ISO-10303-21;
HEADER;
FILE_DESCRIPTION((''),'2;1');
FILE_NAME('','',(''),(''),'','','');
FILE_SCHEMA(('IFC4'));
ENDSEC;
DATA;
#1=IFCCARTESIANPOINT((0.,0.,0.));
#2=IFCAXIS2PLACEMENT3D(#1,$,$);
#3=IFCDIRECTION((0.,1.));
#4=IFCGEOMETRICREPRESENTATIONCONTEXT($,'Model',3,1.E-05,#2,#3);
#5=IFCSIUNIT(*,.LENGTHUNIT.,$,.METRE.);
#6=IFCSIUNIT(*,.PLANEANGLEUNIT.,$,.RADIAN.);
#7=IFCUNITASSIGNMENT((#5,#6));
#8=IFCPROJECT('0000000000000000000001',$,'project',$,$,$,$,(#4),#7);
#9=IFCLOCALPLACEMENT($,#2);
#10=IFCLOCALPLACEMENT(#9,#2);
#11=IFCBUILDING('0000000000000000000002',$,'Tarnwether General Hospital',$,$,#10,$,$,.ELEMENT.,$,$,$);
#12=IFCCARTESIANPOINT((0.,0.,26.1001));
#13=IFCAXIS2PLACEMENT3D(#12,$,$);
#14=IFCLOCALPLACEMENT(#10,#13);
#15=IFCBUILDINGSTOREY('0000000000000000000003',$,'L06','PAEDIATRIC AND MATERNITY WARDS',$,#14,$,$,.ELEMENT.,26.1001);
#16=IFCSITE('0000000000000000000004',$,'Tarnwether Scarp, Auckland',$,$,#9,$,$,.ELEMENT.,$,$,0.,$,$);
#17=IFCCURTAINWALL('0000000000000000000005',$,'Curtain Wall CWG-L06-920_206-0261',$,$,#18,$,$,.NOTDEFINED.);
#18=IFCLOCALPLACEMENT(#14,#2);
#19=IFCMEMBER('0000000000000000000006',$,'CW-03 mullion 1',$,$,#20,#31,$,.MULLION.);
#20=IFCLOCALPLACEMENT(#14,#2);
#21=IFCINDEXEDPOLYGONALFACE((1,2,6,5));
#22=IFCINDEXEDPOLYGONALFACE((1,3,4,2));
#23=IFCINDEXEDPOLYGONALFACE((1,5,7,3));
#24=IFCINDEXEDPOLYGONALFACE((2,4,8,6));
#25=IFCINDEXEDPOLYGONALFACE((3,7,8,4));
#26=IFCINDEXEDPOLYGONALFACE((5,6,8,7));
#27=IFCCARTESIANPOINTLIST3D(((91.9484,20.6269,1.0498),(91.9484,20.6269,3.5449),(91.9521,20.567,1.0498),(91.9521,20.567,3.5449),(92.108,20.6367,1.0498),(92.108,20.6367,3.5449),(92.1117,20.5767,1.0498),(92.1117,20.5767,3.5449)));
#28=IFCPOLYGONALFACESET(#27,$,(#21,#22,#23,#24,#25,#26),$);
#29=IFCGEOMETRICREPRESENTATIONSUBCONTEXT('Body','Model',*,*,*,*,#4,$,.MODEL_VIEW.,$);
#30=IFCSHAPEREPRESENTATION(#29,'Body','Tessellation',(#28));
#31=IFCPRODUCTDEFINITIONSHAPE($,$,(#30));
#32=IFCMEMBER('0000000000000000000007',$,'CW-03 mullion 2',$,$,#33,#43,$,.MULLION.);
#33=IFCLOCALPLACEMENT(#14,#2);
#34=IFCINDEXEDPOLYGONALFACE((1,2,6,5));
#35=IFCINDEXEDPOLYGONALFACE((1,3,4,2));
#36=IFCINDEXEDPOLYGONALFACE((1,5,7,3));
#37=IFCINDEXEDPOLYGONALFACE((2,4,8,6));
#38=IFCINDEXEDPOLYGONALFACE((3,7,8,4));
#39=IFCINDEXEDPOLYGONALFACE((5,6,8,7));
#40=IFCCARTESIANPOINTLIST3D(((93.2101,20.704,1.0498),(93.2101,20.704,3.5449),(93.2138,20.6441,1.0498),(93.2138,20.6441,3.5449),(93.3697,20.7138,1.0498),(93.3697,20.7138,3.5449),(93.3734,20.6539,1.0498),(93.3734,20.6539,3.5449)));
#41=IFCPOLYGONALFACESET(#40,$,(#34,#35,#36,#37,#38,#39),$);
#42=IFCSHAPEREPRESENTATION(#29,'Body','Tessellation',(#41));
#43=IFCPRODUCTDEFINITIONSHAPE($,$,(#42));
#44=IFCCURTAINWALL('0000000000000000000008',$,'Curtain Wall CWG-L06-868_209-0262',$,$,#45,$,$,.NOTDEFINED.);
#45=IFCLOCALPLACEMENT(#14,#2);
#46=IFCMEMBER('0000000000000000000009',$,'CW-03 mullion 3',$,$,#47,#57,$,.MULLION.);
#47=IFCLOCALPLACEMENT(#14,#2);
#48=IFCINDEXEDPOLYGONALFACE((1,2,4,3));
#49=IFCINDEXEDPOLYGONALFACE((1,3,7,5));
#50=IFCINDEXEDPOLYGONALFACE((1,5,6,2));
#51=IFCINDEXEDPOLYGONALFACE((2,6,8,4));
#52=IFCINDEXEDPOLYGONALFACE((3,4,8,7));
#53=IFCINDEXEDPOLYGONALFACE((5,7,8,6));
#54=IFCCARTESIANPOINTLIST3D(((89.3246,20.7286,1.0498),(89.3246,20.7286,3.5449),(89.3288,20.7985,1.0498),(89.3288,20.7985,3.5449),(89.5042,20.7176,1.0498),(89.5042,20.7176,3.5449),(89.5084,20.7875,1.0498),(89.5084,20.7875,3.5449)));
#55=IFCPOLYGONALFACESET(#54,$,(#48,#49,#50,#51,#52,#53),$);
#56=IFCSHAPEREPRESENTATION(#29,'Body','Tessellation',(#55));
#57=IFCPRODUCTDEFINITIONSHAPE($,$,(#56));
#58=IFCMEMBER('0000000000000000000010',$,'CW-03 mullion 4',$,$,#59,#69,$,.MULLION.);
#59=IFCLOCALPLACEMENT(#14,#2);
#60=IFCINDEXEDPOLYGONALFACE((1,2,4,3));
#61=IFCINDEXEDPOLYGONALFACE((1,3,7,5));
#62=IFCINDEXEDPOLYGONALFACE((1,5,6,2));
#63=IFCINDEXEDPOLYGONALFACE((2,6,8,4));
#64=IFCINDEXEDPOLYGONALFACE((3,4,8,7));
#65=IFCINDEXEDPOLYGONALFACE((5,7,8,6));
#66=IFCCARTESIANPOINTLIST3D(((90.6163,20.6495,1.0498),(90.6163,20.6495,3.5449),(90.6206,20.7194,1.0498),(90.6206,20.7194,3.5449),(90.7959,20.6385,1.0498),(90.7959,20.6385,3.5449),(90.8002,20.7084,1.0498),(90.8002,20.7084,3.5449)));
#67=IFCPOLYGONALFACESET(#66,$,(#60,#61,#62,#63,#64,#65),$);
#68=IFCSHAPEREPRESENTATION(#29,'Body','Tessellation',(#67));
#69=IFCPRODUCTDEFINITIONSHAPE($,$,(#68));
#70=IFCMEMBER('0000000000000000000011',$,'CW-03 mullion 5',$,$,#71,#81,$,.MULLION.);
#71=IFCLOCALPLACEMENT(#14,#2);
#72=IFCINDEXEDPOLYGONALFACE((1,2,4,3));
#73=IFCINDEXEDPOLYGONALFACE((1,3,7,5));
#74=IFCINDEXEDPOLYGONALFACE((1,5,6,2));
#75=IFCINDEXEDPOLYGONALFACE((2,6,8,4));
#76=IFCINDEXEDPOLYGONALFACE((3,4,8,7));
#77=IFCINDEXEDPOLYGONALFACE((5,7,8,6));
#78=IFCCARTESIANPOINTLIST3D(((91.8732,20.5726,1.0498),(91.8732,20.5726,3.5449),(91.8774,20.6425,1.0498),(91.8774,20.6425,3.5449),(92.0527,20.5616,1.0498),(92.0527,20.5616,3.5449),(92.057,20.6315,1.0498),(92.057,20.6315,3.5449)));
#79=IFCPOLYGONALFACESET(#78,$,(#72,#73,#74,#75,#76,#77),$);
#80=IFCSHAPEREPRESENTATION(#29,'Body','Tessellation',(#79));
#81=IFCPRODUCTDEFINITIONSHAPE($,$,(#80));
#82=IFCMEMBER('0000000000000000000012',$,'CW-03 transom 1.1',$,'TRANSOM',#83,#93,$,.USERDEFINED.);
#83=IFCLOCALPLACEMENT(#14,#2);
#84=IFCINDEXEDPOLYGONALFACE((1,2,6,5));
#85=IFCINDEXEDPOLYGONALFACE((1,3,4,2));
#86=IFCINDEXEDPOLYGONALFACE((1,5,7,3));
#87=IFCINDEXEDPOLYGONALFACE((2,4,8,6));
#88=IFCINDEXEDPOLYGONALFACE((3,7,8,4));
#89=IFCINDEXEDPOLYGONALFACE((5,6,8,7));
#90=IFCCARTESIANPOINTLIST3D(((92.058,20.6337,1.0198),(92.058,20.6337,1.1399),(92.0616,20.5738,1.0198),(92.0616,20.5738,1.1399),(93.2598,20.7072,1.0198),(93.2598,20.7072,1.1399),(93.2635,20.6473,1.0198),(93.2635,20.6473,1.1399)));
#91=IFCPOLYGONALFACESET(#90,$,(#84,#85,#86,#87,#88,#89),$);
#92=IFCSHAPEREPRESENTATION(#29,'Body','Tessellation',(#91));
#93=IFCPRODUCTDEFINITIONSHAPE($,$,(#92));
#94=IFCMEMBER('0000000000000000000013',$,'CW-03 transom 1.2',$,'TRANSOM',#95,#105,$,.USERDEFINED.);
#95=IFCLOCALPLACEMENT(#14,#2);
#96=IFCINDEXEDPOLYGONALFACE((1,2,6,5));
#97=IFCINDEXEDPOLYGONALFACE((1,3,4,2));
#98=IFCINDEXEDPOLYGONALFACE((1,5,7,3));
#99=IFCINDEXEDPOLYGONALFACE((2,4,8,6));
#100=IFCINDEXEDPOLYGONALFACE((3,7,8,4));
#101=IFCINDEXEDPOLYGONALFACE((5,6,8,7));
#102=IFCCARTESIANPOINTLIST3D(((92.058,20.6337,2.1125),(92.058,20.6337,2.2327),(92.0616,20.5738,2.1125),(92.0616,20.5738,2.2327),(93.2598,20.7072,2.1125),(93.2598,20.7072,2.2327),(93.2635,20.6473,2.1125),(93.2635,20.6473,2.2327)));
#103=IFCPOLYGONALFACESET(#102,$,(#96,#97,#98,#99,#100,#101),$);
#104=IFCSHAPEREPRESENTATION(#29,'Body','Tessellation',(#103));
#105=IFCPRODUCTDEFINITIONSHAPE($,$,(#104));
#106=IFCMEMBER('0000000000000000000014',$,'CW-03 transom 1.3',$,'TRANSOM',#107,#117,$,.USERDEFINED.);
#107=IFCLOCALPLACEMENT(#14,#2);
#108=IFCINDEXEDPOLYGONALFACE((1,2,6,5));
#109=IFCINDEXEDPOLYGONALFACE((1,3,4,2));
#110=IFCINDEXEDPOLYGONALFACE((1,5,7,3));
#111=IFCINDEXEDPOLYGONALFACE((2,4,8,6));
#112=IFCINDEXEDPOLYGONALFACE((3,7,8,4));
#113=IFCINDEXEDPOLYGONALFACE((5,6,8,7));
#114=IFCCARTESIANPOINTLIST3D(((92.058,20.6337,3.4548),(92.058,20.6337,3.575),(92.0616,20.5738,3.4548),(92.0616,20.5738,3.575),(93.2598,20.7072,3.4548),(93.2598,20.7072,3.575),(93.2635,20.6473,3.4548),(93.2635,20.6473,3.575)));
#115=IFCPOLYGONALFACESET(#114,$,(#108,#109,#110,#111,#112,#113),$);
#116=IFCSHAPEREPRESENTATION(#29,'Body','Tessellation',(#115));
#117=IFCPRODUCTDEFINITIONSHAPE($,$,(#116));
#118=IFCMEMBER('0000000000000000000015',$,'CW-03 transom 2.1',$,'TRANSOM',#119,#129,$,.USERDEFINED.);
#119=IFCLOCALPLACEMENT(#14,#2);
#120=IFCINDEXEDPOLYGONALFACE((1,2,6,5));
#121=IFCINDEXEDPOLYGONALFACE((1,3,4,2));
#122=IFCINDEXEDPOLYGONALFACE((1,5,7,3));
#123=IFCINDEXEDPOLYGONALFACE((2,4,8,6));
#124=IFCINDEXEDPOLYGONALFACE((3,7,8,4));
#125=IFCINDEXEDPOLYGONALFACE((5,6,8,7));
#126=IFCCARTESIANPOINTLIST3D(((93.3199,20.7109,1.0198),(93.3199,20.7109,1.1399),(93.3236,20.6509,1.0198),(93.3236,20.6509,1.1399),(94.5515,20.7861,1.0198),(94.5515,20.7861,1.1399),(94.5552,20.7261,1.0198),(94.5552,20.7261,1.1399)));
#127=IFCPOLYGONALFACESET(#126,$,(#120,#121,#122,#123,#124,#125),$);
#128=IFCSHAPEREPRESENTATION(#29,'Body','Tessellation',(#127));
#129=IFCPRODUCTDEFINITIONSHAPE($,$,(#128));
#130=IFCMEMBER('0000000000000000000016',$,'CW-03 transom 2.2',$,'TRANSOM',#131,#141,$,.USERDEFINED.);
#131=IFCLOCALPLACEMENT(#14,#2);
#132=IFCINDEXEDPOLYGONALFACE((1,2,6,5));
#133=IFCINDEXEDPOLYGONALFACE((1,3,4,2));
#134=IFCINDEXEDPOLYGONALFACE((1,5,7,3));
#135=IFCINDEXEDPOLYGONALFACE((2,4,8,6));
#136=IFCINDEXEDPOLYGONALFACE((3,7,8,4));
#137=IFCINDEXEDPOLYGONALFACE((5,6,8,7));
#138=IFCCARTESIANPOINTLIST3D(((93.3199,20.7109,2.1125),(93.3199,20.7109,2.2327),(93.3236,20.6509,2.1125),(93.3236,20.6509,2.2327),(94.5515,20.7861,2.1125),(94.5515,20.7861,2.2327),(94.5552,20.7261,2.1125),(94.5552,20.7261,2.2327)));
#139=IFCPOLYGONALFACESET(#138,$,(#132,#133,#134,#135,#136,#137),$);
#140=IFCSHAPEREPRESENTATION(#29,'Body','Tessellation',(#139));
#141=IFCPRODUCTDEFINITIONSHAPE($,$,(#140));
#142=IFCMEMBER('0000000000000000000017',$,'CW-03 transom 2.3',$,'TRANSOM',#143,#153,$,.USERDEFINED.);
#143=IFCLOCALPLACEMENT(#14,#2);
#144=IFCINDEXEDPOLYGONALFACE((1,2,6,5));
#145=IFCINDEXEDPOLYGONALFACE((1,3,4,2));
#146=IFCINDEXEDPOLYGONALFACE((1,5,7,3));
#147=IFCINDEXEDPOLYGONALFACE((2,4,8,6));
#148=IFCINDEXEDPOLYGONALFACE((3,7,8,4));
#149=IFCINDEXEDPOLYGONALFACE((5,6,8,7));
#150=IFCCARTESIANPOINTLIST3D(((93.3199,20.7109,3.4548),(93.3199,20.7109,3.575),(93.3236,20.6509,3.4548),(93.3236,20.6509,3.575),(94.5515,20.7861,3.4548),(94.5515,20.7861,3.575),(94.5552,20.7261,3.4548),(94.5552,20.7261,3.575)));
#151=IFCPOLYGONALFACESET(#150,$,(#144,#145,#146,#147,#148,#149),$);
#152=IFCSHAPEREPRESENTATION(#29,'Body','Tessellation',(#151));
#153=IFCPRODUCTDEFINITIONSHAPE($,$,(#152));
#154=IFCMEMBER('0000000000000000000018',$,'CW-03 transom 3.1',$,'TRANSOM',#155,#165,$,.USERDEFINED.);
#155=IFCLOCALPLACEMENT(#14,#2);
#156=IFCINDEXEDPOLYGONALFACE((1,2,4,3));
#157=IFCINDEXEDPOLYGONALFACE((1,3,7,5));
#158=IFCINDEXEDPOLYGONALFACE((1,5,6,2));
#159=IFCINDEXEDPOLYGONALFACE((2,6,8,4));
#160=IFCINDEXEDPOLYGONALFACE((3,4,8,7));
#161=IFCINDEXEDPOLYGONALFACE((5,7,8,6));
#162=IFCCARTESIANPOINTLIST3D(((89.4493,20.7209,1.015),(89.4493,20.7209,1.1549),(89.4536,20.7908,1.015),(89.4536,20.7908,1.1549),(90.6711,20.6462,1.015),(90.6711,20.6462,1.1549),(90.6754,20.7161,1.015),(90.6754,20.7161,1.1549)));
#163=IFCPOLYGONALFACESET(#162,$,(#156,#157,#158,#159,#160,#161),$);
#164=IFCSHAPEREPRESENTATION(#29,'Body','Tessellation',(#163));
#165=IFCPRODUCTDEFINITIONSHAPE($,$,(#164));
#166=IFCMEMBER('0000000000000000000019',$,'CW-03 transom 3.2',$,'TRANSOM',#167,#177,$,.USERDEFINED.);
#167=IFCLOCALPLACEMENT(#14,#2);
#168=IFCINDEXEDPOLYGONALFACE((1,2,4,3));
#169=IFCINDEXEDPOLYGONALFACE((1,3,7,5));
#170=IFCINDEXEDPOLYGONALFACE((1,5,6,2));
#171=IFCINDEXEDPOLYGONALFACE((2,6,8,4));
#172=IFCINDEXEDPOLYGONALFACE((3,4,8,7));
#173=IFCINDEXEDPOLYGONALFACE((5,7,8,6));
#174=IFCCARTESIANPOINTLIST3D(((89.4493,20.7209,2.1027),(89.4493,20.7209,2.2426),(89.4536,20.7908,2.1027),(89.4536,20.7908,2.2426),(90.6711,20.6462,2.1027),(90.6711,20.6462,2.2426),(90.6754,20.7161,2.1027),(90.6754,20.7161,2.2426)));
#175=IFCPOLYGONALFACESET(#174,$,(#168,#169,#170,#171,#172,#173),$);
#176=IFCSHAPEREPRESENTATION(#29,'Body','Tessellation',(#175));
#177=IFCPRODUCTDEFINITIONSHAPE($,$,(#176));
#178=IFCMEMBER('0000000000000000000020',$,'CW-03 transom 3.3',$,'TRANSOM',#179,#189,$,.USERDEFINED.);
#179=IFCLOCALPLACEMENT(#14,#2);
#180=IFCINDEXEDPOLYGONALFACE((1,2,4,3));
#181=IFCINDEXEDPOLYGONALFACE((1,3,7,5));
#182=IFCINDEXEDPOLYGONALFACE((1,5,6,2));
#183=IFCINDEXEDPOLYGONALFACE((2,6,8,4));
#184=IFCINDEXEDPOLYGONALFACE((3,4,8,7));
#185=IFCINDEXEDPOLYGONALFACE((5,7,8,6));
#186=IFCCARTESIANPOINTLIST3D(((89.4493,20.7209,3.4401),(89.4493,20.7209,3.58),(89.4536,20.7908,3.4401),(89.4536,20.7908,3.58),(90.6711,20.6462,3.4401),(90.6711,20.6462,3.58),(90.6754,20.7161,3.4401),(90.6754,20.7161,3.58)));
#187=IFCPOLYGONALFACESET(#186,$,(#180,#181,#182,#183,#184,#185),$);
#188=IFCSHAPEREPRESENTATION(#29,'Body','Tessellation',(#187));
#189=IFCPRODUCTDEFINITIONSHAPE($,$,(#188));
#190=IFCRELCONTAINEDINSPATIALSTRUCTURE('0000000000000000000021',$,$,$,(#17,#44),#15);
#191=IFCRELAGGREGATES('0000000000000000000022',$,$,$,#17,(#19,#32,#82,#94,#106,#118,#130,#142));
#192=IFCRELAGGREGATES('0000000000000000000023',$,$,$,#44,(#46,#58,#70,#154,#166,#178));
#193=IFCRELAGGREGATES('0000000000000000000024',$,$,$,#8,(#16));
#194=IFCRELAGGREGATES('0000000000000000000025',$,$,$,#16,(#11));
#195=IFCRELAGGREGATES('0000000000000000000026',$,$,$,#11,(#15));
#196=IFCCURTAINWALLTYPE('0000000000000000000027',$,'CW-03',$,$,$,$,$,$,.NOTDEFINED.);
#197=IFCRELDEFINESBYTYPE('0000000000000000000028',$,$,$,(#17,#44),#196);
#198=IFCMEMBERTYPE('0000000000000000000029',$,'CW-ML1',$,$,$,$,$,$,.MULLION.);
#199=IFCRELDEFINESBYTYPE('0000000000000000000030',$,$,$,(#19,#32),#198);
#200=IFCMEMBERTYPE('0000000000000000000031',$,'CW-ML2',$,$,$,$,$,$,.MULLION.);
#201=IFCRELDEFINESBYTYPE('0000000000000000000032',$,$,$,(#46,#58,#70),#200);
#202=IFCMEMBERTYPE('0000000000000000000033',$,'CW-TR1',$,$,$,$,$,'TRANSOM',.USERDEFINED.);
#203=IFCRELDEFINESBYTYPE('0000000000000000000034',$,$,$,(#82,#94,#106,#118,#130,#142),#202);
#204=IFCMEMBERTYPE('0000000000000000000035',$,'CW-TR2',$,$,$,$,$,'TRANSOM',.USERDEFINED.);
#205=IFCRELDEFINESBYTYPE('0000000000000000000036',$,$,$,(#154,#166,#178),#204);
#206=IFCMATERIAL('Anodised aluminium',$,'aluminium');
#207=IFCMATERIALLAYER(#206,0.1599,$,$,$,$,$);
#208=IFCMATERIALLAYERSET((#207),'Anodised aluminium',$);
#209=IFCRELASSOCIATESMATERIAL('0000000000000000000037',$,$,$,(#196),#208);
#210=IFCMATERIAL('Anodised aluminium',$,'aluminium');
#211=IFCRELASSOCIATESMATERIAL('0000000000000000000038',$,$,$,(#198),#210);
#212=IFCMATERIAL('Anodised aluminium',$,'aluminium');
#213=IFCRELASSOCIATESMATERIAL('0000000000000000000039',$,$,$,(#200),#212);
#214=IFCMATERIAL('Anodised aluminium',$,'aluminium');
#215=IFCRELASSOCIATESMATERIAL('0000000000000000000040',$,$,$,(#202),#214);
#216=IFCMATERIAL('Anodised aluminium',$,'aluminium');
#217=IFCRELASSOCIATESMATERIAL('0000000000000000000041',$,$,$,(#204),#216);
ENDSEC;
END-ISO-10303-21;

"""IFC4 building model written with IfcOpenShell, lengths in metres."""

from ifc_helpers import new_model, si_unit, direction, frame, origin, origin_2d, place, context, subcontext, project, spatial, rectangle, extrude, material, layer, layer_set, material_profile, profile_set, type_object, element, aggregate, save


model = new_model("IFC4")

# Units and contexts
model_context = context("Model", 3, precision=1e-05, world=origin(), true_north=direction((0.0, 1.0)))
body_context = subcontext(model_context, "Body", "Model", "MODEL_VIEW")
ifc_project = project(units=[si_unit("LENGTHUNIT", "METRE"), si_unit("PLANEANGLEUNIT", "RADIAN")], contexts=[model_context])

# Site, building, storey
site_placement = place(None, origin())
site = spatial("IfcSite", under=ifc_project, at=site_placement, Name="Tarnwether Scarp, Auckland", CompositionType="ELEMENT", RefElevation=0.0)
building_placement = place(site_placement, origin())
building = spatial("IfcBuilding", under=site, at=building_placement, Name="Tarnwether General Hospital", CompositionType="ELEMENT")
storey_placement = place(building_placement, frame((0.0, 0.0, 26.1001)))
storey = spatial("IfcBuildingStorey", under=building, at=storey_placement, Name="L06", Description="PAEDIATRIC AND MATERNITY WARDS", CompositionType="ELEMENT", Elevation=26.1001)

# Curtain walls, members
ifc_material_1 = material(Name="Anodised aluminium", Category="aluminium")
ifc_layer_1 = layer(ifc_material_1, 0.1599)
ifc_layer_set_1 = layer_set([ifc_layer_1], Name="Anodised aluminium")
curtain_wall_type = type_object("IfcCurtainWallType", Name="CW-03", PredefinedType="NOTDEFINED", material=ifc_layer_set_1)
curtain_wall_1_placement = place(storey_placement, origin())
curtain_wall_1 = element("IfcCurtainWall", 1, at=curtain_wall_1_placement, inside=storey, type_object=curtain_wall_type, Name="Curtain Wall CWG-L06-920_206-0261", PredefinedType="NOTDEFINED")
ifc_material_2 = material(Name="Anodised aluminium", Category="aluminium")
ifc_material_profile_1 = material_profile(ifc_material_2, rectangle(XDim=0.0601, YDim=0.1599, at=origin_2d()), Name="ALU-MUL-60x160")
ifc_profile_set_1 = profile_set([ifc_material_profile_1], Name="Anodised aluminium")
member_type_1 = type_object("IfcMemberType", Name="CW-ML1", PredefinedType="MULLION", material=ifc_profile_set_1)
member_1_placement = place(storey_placement, frame((92.03, 20.6018, 1.0498), z_axis=(0.0, 0.0, 1.0), x_axis=(-0.061043, 0.998135, 0.0)))
member_1 = element("IfcMember", 2, at=member_1_placement, type_object=member_type_1, Name="CW-03 mullion 1", PredefinedType="MULLION", context=body_context, shape_type="SweptSolid", body=[
    extrude(rectangle(XDim=0.0601, YDim=0.1599, at=origin_2d()), origin(), (0.0, 0.0, 1.0), 2.4951),
])
member_2_placement = place(storey_placement, frame((93.2917, 20.679, 1.0498), z_axis=(0.0, 0.0, 1.0), x_axis=(-0.061043, 0.998135, 0.0)))
member_2 = element("IfcMember", 3, at=member_2_placement, type_object=member_type_1, Name="CW-03 mullion 2", PredefinedType="MULLION", context=body_context, shape_type="SweptSolid", body=[
    extrude(rectangle(XDim=0.0601, YDim=0.1599, at=origin_2d()), origin(), (0.0, 0.0, 1.0), 2.4951),
])
curtain_wall_2_placement = place(storey_placement, origin())
curtain_wall_2 = element("IfcCurtainWall", 4, at=curtain_wall_2_placement, inside=storey, type_object=curtain_wall_type, Name="Curtain Wall CWG-L06-868_209-0262", PredefinedType="NOTDEFINED")
ifc_material_3 = material(Name="Anodised aluminium", Category="aluminium")
ifc_material_profile_2 = material_profile(ifc_material_3, rectangle(XDim=0.0701, YDim=0.1799, at=origin_2d()), Name="ALU-MUL-70x180")
ifc_profile_set_2 = profile_set([ifc_material_profile_2], Name="Anodised aluminium")
member_type_2 = type_object("IfcMemberType", Name="CW-ML2", PredefinedType="MULLION", material=ifc_profile_set_2)
member_3_placement = place(storey_placement, frame((89.4165, 20.7581, 1.0498), z_axis=(0.0, 0.0, 1.0), x_axis=(0.061043, 0.998135, 0.0)))
member_3 = element("IfcMember", 5, at=member_3_placement, type_object=member_type_2, Name="CW-03 mullion 3", PredefinedType="MULLION", context=body_context, shape_type="SweptSolid", body=[
    extrude(rectangle(XDim=0.0701, YDim=0.1799, at=origin_2d()), origin(), (0.0, 0.0, 1.0), 2.4951),
])
member_4_placement = place(storey_placement, frame((90.7083, 20.679, 1.0498), z_axis=(0.0, 0.0, 1.0), x_axis=(0.061043, 0.998135, 0.0)))
member_4 = element("IfcMember", 6, at=member_4_placement, type_object=member_type_2, Name="CW-03 mullion 4", PredefinedType="MULLION", context=body_context, shape_type="SweptSolid", body=[
    extrude(rectangle(XDim=0.0701, YDim=0.1799, at=origin_2d()), origin(), (0.0, 0.0, 1.0), 2.4951),
])
member_5_placement = place(storey_placement, frame((91.9651, 20.6021, 1.0498), z_axis=(0.0, 0.0, 1.0), x_axis=(0.061043, 0.998135, 0.0)))
member_5 = element("IfcMember", 7, at=member_5_placement, type_object=member_type_2, Name="CW-03 mullion 5", PredefinedType="MULLION", context=body_context, shape_type="SweptSolid", body=[
    extrude(rectangle(XDim=0.0701, YDim=0.1799, at=origin_2d()), origin(), (0.0, 0.0, 1.0), 2.4951),
])

# Members
ifc_material_4 = material(Name="Anodised aluminium", Category="aluminium")
ifc_material_profile_3 = material_profile(ifc_material_4, rectangle(XDim=0.0601, YDim=0.1201, at=origin_2d()), Name="ALU-TRN-60x120")
ifc_profile_set_3 = profile_set([ifc_material_profile_3], Name="Anodised aluminium")
member_type_3 = type_object("IfcMemberType", Name="CW-TR1", ElementType="TRANSOM", PredefinedType="USERDEFINED", material=ifc_profile_set_3)
member_6_placement = place(storey_placement, frame((92.0598, 20.6038, 1.0798), z_axis=(0.998136, 0.061028, 0.0), x_axis=(-0.061028, 0.998136, 0.0)))
member_6 = element("IfcMember", 8, at=member_6_placement, type_object=member_type_3, Name="CW-03 transom 1.1", ObjectType="TRANSOM", PredefinedType="USERDEFINED", context=body_context, shape_type="SweptSolid", body=[
    extrude(rectangle(XDim=0.0601, YDim=0.1201, at=origin_2d()), origin(), (0.0, 0.0, 1.0), 1.2041),
])
member_7_placement = place(storey_placement, frame((92.0598, 20.6038, 2.1726), z_axis=(0.998136, 0.061028, 0.0), x_axis=(-0.061028, 0.998136, 0.0)))
member_7 = element("IfcMember", 9, at=member_7_placement, type_object=member_type_3, Name="CW-03 transom 1.2", ObjectType="TRANSOM", PredefinedType="USERDEFINED", context=body_context, shape_type="SweptSolid", body=[
    extrude(rectangle(XDim=0.0601, YDim=0.1201, at=origin_2d()), origin(), (0.0, 0.0, 1.0), 1.2041),
])
member_8_placement = place(storey_placement, frame((92.0598, 20.6038, 3.5149), z_axis=(0.998136, 0.061028, 0.0), x_axis=(-0.061028, 0.998136, 0.0)))
member_8 = element("IfcMember", 10, at=member_8_placement, type_object=member_type_3, Name="CW-03 transom 1.3", ObjectType="TRANSOM", PredefinedType="USERDEFINED", context=body_context, shape_type="SweptSolid", body=[
    extrude(rectangle(XDim=0.0601, YDim=0.1201, at=origin_2d()), origin(), (0.0, 0.0, 1.0), 1.2041),
])
member_9_placement = place(storey_placement, frame((93.3218, 20.6809, 1.0798), z_axis=(0.998142, 0.060937, 0.0), x_axis=(-0.060937, 0.998142, 0.0)))
member_9 = element("IfcMember", 11, at=member_9_placement, type_object=member_type_3, Name="CW-03 transom 2.1", ObjectType="TRANSOM", PredefinedType="USERDEFINED", context=body_context, shape_type="SweptSolid", body=[
    extrude(rectangle(XDim=0.0601, YDim=0.1201, at=origin_2d()), origin(), (0.0, 0.0, 1.0), 1.2339),
])
member_10_placement = place(storey_placement, frame((93.3218, 20.6809, 2.1726), z_axis=(0.998142, 0.060937, 0.0), x_axis=(-0.060937, 0.998142, 0.0)))
member_10 = element("IfcMember", 12, at=member_10_placement, type_object=member_type_3, Name="CW-03 transom 2.2", ObjectType="TRANSOM", PredefinedType="USERDEFINED", context=body_context, shape_type="SweptSolid", body=[
    extrude(rectangle(XDim=0.0601, YDim=0.1201, at=origin_2d()), origin(), (0.0, 0.0, 1.0), 1.2339),
])
member_11_placement = place(storey_placement, frame((93.3218, 20.6809, 3.5149), z_axis=(0.998142, 0.060937, 0.0), x_axis=(-0.060937, 0.998142, 0.0)))
member_11 = element("IfcMember", 13, at=member_11_placement, type_object=member_type_3, Name="CW-03 transom 2.3", ObjectType="TRANSOM", PredefinedType="USERDEFINED", context=body_context, shape_type="SweptSolid", body=[
    extrude(rectangle(XDim=0.0601, YDim=0.1201, at=origin_2d()), origin(), (0.0, 0.0, 1.0), 1.2339),
])
ifc_material_5 = material(Name="Anodised aluminium", Category="aluminium")
ifc_material_profile_4 = material_profile(ifc_material_5, rectangle(XDim=0.0701, YDim=0.1399, at=origin_2d()), Name="ALU-TRN-70x140")
ifc_profile_set_4 = profile_set([ifc_material_profile_4], Name="Anodised aluminium")
member_type_4 = type_object("IfcMemberType", Name="CW-TR2", ElementType="TRANSOM", PredefinedType="USERDEFINED", material=ifc_profile_set_4)
member_12_placement = place(storey_placement, frame((89.4514, 20.7559, 1.085), z_axis=(0.998136, -0.061025, 0.0), x_axis=(0.061025, 0.998136, 0.0)))
member_12 = element("IfcMember", 14, at=member_12_placement, type_object=member_type_4, Name="CW-03 transom 3.1", ObjectType="TRANSOM", PredefinedType="USERDEFINED", context=body_context, shape_type="SweptSolid", body=[
    extrude(rectangle(XDim=0.0701, YDim=0.1399, at=origin_2d()), origin(), (0.0, 0.0, 1.0), 1.2241),
])
member_13_placement = place(storey_placement, frame((89.4514, 20.7559, 2.1726), z_axis=(0.998136, -0.061025, 0.0), x_axis=(0.061025, 0.998136, 0.0)))
member_13 = element("IfcMember", 15, at=member_13_placement, type_object=member_type_4, Name="CW-03 transom 3.2", ObjectType="TRANSOM", PredefinedType="USERDEFINED", context=body_context, shape_type="SweptSolid", body=[
    extrude(rectangle(XDim=0.0701, YDim=0.1399, at=origin_2d()), origin(), (0.0, 0.0, 1.0), 1.2241),
])
member_14_placement = place(storey_placement, frame((89.4514, 20.7559, 3.51), z_axis=(0.998136, -0.061025, 0.0), x_axis=(0.061025, 0.998136, 0.0)))
member_14 = element("IfcMember", 16, at=member_14_placement, type_object=member_type_4, Name="CW-03 transom 3.3", ObjectType="TRANSOM", PredefinedType="USERDEFINED", context=body_context, shape_type="SweptSolid", body=[
    extrude(rectangle(XDim=0.0701, YDim=0.1399, at=origin_2d()), origin(), (0.0, 0.0, 1.0), 1.2241),
])

aggregate(curtain_wall_1, [member_1, member_2, member_6, member_7, member_8, member_9, member_10, member_11])
aggregate(curtain_wall_2, [member_3, member_4, member_5, member_12, member_13, member_14])

save(model, "model.ifc")
